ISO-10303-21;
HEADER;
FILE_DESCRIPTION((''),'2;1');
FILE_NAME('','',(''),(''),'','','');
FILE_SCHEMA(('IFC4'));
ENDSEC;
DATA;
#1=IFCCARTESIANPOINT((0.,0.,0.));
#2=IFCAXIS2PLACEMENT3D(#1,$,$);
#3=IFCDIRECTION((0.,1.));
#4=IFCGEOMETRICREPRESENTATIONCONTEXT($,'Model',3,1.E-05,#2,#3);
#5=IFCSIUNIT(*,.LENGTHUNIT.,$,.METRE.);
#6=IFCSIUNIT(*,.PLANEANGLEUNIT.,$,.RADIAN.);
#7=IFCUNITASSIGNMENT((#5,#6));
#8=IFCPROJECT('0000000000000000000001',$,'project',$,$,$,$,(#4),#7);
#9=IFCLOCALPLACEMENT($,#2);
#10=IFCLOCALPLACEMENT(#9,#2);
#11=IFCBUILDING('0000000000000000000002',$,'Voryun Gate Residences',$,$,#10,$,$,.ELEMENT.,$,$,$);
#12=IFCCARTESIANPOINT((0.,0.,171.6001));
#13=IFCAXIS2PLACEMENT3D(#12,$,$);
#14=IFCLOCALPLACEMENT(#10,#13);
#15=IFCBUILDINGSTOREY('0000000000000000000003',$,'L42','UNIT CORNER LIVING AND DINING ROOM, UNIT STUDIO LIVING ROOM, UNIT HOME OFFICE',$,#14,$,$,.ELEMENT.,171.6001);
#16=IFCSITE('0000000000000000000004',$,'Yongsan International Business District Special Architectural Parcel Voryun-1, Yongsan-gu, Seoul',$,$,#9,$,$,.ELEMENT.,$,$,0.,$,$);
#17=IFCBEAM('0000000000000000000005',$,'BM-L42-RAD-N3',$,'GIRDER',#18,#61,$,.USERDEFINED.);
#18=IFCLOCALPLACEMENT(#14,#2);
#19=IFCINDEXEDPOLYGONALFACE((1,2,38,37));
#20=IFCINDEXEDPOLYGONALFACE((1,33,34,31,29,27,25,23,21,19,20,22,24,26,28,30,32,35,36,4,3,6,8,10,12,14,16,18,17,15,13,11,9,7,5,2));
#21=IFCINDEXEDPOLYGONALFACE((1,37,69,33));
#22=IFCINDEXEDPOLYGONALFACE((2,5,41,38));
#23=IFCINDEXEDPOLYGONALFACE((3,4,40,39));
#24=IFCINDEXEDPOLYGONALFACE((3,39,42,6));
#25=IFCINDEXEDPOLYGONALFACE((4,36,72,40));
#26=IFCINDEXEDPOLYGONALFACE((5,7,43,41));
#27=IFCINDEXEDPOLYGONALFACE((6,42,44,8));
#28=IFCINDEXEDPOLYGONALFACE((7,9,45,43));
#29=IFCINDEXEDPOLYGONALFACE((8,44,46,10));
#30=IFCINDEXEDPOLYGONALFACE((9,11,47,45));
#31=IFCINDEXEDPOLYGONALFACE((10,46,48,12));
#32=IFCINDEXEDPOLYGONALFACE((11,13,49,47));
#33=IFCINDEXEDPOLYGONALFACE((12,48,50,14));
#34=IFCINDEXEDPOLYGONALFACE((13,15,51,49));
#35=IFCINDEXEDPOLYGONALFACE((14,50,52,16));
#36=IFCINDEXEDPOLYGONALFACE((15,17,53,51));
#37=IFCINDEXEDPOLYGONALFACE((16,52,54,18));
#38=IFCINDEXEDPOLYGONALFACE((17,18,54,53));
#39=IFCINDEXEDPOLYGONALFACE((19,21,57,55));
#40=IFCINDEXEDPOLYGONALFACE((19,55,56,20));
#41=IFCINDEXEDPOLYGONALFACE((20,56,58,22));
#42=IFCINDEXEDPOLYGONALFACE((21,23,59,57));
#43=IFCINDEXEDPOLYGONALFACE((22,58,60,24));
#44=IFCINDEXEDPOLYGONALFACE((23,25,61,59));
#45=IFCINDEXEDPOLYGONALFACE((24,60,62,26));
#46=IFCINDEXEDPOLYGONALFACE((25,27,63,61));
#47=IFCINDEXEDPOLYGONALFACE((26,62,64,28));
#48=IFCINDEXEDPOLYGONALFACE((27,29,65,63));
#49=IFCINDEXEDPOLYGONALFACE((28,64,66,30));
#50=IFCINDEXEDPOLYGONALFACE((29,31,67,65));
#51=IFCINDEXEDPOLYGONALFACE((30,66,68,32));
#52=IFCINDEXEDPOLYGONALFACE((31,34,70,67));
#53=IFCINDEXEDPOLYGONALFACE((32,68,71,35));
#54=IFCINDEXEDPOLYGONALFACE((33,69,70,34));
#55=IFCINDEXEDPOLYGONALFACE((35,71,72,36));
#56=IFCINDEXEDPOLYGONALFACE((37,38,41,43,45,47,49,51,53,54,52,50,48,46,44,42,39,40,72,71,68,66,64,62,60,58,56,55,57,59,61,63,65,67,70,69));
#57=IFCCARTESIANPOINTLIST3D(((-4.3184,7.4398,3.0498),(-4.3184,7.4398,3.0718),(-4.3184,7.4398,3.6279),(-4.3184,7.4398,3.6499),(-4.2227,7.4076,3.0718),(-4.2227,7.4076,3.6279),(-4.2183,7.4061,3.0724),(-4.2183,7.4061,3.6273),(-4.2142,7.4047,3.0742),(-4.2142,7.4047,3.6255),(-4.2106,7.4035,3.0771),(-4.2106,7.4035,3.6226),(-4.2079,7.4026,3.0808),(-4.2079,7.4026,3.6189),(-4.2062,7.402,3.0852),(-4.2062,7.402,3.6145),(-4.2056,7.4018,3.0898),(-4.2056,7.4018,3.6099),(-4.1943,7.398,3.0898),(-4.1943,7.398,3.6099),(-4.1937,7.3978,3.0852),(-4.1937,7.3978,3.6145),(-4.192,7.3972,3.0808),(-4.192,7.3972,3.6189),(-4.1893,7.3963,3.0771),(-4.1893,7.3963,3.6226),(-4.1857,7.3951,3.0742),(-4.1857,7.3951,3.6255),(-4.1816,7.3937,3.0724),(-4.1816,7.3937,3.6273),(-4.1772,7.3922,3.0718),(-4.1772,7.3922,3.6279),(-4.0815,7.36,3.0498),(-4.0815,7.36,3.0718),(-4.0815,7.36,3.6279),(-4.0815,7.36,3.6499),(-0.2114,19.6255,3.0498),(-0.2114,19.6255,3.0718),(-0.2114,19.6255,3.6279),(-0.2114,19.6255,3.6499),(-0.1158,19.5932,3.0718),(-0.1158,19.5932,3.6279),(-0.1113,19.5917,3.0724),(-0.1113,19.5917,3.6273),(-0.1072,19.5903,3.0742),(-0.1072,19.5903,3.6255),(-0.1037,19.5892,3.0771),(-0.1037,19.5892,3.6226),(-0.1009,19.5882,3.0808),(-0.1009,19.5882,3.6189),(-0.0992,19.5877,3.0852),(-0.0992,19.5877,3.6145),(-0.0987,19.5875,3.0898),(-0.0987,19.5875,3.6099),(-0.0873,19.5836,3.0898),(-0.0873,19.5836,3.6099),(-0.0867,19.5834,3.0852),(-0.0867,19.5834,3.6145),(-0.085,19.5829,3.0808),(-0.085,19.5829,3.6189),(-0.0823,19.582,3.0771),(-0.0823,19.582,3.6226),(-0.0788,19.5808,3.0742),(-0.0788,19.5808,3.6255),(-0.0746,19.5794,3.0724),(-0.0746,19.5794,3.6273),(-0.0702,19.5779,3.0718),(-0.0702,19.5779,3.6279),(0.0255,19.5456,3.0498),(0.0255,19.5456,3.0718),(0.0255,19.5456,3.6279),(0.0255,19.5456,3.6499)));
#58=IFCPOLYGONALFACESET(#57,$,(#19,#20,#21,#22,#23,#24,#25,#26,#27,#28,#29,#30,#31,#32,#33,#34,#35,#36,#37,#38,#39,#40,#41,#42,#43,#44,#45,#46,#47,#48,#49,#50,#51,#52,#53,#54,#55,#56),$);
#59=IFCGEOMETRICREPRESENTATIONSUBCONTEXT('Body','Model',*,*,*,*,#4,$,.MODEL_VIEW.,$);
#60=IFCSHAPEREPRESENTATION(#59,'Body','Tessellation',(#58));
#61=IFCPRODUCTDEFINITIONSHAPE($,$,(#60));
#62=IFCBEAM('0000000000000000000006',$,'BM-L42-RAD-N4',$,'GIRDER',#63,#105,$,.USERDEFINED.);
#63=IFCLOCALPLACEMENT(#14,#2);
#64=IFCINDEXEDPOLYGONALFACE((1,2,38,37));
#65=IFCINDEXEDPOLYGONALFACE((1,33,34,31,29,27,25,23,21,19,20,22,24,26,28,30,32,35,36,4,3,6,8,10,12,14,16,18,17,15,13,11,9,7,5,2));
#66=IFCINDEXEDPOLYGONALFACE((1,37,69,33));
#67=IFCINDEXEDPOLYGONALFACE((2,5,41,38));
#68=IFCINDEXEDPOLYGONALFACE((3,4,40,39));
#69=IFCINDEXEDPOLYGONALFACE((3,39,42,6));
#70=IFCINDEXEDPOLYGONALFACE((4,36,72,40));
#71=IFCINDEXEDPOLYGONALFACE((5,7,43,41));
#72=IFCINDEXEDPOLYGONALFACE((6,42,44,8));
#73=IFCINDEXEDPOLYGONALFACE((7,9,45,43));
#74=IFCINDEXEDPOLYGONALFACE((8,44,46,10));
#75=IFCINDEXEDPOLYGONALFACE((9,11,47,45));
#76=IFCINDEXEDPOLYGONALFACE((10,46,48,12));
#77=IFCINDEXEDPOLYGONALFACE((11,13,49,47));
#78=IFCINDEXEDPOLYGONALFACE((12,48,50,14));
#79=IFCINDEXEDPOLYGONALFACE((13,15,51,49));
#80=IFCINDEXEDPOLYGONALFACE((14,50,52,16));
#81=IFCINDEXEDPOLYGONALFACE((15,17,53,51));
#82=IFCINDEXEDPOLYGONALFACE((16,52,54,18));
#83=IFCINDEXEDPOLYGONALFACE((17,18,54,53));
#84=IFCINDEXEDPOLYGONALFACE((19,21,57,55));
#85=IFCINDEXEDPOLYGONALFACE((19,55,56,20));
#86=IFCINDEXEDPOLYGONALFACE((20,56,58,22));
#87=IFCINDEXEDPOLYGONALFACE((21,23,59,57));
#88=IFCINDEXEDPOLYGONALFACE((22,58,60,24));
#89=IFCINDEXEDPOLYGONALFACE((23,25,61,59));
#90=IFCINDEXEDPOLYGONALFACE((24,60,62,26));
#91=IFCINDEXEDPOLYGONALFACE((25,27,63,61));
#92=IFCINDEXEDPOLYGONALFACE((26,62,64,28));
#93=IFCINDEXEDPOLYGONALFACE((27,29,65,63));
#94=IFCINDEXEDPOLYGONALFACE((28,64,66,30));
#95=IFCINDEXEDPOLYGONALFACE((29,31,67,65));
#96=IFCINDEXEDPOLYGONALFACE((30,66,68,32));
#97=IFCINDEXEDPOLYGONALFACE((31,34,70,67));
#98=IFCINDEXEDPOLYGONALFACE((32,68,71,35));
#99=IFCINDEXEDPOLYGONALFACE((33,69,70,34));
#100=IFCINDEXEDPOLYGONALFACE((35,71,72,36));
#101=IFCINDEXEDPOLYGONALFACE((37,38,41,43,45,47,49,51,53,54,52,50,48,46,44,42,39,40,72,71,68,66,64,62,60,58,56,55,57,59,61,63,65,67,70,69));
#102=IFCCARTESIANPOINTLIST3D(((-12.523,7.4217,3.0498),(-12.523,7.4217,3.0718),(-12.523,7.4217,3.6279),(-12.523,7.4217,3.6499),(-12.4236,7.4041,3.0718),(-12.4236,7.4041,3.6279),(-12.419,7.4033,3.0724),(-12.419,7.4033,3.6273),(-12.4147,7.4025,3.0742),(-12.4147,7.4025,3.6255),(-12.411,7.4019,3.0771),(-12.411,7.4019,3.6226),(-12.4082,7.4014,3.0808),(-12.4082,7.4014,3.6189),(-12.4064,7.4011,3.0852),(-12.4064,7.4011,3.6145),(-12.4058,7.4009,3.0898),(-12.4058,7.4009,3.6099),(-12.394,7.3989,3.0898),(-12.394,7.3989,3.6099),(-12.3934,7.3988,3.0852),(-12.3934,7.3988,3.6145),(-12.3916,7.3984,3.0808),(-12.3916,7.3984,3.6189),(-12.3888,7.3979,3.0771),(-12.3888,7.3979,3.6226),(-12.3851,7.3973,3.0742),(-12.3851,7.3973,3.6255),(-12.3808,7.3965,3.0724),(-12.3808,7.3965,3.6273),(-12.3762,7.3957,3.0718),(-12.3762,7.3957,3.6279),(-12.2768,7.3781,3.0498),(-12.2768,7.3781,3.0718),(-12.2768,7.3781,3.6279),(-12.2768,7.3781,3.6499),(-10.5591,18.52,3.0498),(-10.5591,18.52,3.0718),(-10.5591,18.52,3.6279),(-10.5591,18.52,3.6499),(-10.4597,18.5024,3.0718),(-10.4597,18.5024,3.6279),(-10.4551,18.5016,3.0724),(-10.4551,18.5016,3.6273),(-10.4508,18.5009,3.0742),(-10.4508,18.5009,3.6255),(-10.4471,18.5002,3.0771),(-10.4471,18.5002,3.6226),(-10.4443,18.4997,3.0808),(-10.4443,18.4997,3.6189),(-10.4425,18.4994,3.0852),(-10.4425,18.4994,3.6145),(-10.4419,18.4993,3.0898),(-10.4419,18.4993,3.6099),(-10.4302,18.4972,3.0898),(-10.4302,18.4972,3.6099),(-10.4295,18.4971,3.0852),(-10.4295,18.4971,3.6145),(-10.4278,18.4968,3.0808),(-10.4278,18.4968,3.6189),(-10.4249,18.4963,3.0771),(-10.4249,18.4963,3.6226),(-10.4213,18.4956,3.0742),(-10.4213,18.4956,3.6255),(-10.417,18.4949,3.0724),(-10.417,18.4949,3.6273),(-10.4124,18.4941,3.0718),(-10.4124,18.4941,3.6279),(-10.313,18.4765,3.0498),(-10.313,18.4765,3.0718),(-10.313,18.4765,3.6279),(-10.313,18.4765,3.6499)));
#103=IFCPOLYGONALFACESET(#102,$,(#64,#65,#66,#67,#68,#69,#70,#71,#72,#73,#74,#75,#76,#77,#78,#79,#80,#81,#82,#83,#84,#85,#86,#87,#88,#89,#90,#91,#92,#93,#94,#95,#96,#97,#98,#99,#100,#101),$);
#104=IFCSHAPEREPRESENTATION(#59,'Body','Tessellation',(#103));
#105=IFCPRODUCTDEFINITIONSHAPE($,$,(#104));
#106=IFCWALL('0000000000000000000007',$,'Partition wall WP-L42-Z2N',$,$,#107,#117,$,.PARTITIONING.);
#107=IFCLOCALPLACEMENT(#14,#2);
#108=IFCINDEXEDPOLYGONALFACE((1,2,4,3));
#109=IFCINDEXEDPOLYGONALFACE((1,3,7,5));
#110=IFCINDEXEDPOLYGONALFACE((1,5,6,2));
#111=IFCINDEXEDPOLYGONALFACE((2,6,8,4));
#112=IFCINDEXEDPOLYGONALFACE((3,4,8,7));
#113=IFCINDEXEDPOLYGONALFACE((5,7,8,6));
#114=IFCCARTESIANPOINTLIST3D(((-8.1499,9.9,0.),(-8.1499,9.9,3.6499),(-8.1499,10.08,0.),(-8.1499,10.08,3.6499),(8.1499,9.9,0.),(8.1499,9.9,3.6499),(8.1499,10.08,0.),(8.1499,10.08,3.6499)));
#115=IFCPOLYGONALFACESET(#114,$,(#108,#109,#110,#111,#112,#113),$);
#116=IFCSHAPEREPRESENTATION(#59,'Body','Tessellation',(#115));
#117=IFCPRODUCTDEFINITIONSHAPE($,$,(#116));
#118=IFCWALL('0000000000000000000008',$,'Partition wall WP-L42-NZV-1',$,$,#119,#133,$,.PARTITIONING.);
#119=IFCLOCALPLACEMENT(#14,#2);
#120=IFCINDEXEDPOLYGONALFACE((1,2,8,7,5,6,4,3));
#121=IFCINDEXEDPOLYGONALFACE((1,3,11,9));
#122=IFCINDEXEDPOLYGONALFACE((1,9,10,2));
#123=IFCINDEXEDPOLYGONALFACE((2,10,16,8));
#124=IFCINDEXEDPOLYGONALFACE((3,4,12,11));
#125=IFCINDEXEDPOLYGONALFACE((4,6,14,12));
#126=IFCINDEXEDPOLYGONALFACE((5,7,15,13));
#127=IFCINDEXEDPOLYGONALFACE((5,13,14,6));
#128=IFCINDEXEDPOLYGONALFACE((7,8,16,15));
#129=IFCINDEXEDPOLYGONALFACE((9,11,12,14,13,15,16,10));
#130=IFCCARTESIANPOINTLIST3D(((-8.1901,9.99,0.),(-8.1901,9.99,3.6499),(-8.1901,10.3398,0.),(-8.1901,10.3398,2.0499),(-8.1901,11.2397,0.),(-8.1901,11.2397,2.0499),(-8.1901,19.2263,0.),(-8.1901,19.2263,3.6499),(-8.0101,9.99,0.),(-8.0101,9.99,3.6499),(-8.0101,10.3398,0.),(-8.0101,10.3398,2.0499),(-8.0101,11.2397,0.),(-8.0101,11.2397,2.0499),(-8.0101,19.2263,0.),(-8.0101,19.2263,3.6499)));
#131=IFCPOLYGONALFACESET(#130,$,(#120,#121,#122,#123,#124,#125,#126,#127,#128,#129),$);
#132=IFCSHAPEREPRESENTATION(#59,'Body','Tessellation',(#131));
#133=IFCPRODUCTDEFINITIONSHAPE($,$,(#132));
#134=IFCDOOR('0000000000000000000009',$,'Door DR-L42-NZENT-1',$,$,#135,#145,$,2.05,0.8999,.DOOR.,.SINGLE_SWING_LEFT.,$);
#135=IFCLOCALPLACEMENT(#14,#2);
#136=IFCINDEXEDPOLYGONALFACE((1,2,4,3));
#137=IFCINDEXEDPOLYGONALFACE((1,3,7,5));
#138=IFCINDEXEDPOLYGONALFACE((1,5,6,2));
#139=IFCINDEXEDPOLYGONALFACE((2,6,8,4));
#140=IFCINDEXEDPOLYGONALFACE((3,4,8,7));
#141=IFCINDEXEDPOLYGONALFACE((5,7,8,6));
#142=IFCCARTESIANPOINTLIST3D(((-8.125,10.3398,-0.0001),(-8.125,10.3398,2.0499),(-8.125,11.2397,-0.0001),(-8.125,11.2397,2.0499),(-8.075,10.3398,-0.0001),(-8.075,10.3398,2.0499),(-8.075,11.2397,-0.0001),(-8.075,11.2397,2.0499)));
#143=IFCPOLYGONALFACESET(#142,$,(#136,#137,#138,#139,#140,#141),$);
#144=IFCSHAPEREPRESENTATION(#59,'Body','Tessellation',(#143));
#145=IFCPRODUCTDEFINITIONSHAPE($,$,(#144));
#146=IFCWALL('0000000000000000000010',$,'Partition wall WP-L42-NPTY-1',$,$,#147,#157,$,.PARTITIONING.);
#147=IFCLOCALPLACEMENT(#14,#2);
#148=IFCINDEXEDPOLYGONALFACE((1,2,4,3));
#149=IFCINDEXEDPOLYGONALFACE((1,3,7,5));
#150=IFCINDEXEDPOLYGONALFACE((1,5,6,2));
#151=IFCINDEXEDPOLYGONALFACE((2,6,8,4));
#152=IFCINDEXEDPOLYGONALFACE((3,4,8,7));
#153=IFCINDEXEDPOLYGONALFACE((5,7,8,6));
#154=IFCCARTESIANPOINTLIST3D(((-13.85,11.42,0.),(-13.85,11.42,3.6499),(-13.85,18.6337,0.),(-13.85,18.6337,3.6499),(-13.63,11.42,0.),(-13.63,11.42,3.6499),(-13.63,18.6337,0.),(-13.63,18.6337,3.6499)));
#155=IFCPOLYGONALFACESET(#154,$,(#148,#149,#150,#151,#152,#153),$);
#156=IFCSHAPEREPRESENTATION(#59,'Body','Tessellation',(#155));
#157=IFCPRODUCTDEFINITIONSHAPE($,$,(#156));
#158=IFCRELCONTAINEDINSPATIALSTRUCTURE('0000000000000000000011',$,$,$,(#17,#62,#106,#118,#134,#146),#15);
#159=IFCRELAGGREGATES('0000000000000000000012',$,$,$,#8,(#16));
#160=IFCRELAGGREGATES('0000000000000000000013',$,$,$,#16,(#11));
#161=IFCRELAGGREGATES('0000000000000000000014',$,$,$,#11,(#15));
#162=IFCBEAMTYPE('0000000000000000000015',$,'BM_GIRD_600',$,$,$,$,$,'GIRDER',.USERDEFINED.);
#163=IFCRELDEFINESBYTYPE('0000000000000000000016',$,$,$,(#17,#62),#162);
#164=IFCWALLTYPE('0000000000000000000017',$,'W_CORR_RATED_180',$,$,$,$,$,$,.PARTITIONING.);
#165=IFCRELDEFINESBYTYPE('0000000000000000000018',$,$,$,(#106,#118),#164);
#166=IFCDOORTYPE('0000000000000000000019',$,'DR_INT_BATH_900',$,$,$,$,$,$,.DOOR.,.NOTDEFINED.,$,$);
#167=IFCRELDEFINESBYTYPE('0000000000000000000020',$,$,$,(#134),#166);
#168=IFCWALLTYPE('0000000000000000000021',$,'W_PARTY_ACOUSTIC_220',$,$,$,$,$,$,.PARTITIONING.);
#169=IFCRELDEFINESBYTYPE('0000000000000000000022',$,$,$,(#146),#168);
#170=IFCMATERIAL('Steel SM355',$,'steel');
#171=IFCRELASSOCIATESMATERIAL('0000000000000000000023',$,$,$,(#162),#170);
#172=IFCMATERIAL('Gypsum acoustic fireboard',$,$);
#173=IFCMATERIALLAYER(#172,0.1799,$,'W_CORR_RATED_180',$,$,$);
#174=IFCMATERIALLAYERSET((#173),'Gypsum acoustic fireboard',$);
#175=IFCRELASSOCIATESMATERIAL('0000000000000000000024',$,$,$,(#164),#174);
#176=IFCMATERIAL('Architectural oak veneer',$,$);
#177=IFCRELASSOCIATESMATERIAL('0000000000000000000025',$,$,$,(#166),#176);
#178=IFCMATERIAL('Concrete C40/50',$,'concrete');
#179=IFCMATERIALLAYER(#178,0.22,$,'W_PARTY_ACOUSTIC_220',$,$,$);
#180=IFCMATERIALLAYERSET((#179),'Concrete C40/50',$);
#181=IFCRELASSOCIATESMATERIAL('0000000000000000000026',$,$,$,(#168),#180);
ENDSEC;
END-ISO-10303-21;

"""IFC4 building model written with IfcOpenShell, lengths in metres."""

from ifc_helpers import new_model, si_unit, direction, frame, frame_2d, origin, origin_2d, place, context, subcontext, project, spatial, rectangle, i_section, extrude, material, layer, layer_set, material_profile, profile_set, type_object, element, fill, save


model = new_model("IFC4")

# Units and contexts
model_context = context("Model", 3, precision=1e-05, world=origin(), true_north=direction((0.0, 1.0)))
body_context = subcontext(model_context, "Body", "Model", "MODEL_VIEW")
ifc_project = project(units=[si_unit("LENGTHUNIT", "METRE"), si_unit("PLANEANGLEUNIT", "RADIAN")], contexts=[model_context])

# Site, building, storey
site_placement = place(None, origin())
site = spatial("IfcSite", under=ifc_project, at=site_placement, Name="Yongsan International Business District Special Architectural Parcel Voryun-1, Yongsan-gu, Seoul", CompositionType="ELEMENT", RefElevation=0.0)
building_placement = place(site_placement, origin())
building = spatial("IfcBuilding", under=site, at=building_placement, Name="Voryun Gate Residences", CompositionType="ELEMENT")
storey_placement = place(building_placement, frame((0.0, 0.0, 171.6001)))
storey = spatial("IfcBuildingStorey", under=building, at=storey_placement, Name="L42", Description="UNIT CORNER LIVING AND DINING ROOM, UNIT STUDIO LIVING ROOM, UNIT HOME OFFICE", CompositionType="ELEMENT", Elevation=171.6001)

# Beams
ifc_material_1 = material(Name="Steel SM355", Category="steel")
ifc_material_profile_1 = material_profile(ifc_material_1, i_section(OverallWidth=0.25, OverallDepth=0.6001, WebThickness=0.012, FlangeThickness=0.022, FilletRadius=0.0181, at=origin_2d()), Name="H-600x250x12x22")
ifc_profile_set_1 = profile_set([ifc_material_profile_1], Name="Steel SM355")
beam_type_1 = type_object("IfcBeamType", Name="BM_GIRD_600", ElementType="GIRDER", PredefinedType="USERDEFINED", material=ifc_profile_set_1)
beam_1_placement = place(storey_placement, frame((-4.2, 7.3999, 3.3499), z_axis=(0.319381, 0.947626, 0.0), x_axis=(-0.947626, 0.319381, 0.0)))
element("IfcBeam", 1, at=beam_1_placement, inside=storey, type_object=beam_type_1, Name="BM-L42-RAD-N3", ObjectType="GIRDER", PredefinedType="USERDEFINED", context=body_context, shape_type="SweptSolid", body=[
    extrude(i_section(OverallWidth=0.25, OverallDepth=0.6001, WebThickness=0.012, FlangeThickness=0.022, FilletRadius=0.0181, at=origin_2d()), origin(), (0.0, 0.0, 1.0), 12.8591),
])
beam_2_placement = place(storey_placement, frame((-12.3999, 7.3999, 3.3499), z_axis=(0.174244, 0.984703, 0.0), x_axis=(-0.984703, 0.174244, 0.0)))
element("IfcBeam", 2, at=beam_2_placement, inside=storey, type_object=beam_type_1, Name="BM-L42-RAD-N4", ObjectType="GIRDER", PredefinedType="USERDEFINED", context=body_context, shape_type="SweptSolid", body=[
    extrude(i_section(OverallWidth=0.25, OverallDepth=0.6001, WebThickness=0.012, FlangeThickness=0.022, FilletRadius=0.0181, at=origin_2d()), origin(), (0.0, 0.0, 1.0), 11.2708),
])

# Wall
ifc_material_2 = material(Name="Gypsum acoustic fireboard")
ifc_layer_1 = layer(ifc_material_2, 0.1799, Name="W_CORR_RATED_180")
ifc_layer_set_1 = layer_set([ifc_layer_1], Name="Gypsum acoustic fireboard")
wall_type_1 = type_object("IfcWallType", Name="W_CORR_RATED_180", PredefinedType="PARTITIONING", material=ifc_layer_set_1)
wall_1_placement = place(storey_placement, frame((-8.1499, 9.99, 0.0), z_axis=(0.0, 0.0, 1.0), x_axis=(1.0, 0.0, 0.0)))
element("IfcWall", 3, at=wall_1_placement, inside=storey, type_object=wall_type_1, Name="Partition wall WP-L42-Z2N", PredefinedType="PARTITIONING", context=body_context, shape_type="SweptSolid", body=[
    extrude(rectangle(XDim=16.2998, YDim=0.1799, at=frame_2d((8.1499, 0.0))), origin(), (0.0, 0.0, 1.0), 3.6499),
])

# Wall, opening, door
wall_2_placement = place(storey_placement, frame((-8.1001, 9.99, 0.0), z_axis=(0.0, 0.0, 1.0), x_axis=(0.0, 1.0, 0.0)))
wall_2 = element("IfcWall", 4, at=wall_2_placement, inside=storey, type_object=wall_type_1, Name="Partition wall WP-L42-NZV-1", PredefinedType="PARTITIONING", context=body_context, shape_type="SweptSolid", body=[
    extrude(rectangle(XDim=9.2363, YDim=0.1799, at=frame_2d((4.6182, 0.0))), origin(), (0.0, 0.0, 1.0), 3.6499),
])
opening_1_placement = place(wall_2_placement, frame((0.3499, 0.0, 0.0)))
opening_1 = element("IfcOpeningElement", 5, at=opening_1_placement, cuts=wall_2, PredefinedType="OPENING", context=body_context, shape_type="SweptSolid", body=[
    extrude(rectangle(XDim=0.8999, YDim=2.05, at=frame_2d((0.45, 1.0249))), frame((0.0, 0.0999, 0.0), z_axis=(0.0, -1.0, 0.0), x_axis=(1.0, 0.0, 0.0)), (0.0, 0.0, 1.0), 0.2),
])
ifc_material_3 = material(Name="Architectural oak veneer")
door_type = type_object("IfcDoorType", Name="DR_INT_BATH_900", OperationType="NOTDEFINED", PredefinedType="DOOR", material=ifc_material_3)
door_1_placement = place(opening_1_placement, origin())
door_1 = element("IfcDoor", 6, at=door_1_placement, inside=storey, type_object=door_type, Name="Door DR-L42-NZENT-1", OperationType="SINGLE_SWING_LEFT", OverallHeight=2.05, OverallWidth=0.8999, PredefinedType="DOOR", context=body_context, shape_type="SweptSolid", body=[
    extrude(rectangle(XDim=0.8999, YDim=2.05, at=frame_2d((0.45, 1.0249))), frame((0.0, 0.0249, 0.0), z_axis=(0.0, -1.0, 0.0), x_axis=(1.0, 0.0, 0.0)), (0.0, 0.0, 1.0), 0.05),
])
fill(opening_1, door_1)

# Wall
ifc_material_4 = material(Name="Concrete C40/50", Category="concrete")
ifc_layer_2 = layer(ifc_material_4, 0.22, Name="W_PARTY_ACOUSTIC_220")
ifc_layer_set_2 = layer_set([ifc_layer_2], Name="Concrete C40/50")
wall_type_2 = type_object("IfcWallType", Name="W_PARTY_ACOUSTIC_220", PredefinedType="PARTITIONING", material=ifc_layer_set_2)
wall_3_placement = place(storey_placement, frame((-13.74, 11.4199, 0.0), z_axis=(0.0, 0.0, 1.0), x_axis=(0.0, 1.0, 0.0)))
element("IfcWall", 7, at=wall_3_placement, inside=storey, type_object=wall_type_2, Name="Partition wall WP-L42-NPTY-1", PredefinedType="PARTITIONING", context=body_context, shape_type="SweptSolid", body=[
    extrude(rectangle(XDim=7.2136, YDim=0.22, at=frame_2d((3.6069, 0.0))), origin(), (0.0, 0.0, 1.0), 3.6499),
])

save(model, "model.ifc")
